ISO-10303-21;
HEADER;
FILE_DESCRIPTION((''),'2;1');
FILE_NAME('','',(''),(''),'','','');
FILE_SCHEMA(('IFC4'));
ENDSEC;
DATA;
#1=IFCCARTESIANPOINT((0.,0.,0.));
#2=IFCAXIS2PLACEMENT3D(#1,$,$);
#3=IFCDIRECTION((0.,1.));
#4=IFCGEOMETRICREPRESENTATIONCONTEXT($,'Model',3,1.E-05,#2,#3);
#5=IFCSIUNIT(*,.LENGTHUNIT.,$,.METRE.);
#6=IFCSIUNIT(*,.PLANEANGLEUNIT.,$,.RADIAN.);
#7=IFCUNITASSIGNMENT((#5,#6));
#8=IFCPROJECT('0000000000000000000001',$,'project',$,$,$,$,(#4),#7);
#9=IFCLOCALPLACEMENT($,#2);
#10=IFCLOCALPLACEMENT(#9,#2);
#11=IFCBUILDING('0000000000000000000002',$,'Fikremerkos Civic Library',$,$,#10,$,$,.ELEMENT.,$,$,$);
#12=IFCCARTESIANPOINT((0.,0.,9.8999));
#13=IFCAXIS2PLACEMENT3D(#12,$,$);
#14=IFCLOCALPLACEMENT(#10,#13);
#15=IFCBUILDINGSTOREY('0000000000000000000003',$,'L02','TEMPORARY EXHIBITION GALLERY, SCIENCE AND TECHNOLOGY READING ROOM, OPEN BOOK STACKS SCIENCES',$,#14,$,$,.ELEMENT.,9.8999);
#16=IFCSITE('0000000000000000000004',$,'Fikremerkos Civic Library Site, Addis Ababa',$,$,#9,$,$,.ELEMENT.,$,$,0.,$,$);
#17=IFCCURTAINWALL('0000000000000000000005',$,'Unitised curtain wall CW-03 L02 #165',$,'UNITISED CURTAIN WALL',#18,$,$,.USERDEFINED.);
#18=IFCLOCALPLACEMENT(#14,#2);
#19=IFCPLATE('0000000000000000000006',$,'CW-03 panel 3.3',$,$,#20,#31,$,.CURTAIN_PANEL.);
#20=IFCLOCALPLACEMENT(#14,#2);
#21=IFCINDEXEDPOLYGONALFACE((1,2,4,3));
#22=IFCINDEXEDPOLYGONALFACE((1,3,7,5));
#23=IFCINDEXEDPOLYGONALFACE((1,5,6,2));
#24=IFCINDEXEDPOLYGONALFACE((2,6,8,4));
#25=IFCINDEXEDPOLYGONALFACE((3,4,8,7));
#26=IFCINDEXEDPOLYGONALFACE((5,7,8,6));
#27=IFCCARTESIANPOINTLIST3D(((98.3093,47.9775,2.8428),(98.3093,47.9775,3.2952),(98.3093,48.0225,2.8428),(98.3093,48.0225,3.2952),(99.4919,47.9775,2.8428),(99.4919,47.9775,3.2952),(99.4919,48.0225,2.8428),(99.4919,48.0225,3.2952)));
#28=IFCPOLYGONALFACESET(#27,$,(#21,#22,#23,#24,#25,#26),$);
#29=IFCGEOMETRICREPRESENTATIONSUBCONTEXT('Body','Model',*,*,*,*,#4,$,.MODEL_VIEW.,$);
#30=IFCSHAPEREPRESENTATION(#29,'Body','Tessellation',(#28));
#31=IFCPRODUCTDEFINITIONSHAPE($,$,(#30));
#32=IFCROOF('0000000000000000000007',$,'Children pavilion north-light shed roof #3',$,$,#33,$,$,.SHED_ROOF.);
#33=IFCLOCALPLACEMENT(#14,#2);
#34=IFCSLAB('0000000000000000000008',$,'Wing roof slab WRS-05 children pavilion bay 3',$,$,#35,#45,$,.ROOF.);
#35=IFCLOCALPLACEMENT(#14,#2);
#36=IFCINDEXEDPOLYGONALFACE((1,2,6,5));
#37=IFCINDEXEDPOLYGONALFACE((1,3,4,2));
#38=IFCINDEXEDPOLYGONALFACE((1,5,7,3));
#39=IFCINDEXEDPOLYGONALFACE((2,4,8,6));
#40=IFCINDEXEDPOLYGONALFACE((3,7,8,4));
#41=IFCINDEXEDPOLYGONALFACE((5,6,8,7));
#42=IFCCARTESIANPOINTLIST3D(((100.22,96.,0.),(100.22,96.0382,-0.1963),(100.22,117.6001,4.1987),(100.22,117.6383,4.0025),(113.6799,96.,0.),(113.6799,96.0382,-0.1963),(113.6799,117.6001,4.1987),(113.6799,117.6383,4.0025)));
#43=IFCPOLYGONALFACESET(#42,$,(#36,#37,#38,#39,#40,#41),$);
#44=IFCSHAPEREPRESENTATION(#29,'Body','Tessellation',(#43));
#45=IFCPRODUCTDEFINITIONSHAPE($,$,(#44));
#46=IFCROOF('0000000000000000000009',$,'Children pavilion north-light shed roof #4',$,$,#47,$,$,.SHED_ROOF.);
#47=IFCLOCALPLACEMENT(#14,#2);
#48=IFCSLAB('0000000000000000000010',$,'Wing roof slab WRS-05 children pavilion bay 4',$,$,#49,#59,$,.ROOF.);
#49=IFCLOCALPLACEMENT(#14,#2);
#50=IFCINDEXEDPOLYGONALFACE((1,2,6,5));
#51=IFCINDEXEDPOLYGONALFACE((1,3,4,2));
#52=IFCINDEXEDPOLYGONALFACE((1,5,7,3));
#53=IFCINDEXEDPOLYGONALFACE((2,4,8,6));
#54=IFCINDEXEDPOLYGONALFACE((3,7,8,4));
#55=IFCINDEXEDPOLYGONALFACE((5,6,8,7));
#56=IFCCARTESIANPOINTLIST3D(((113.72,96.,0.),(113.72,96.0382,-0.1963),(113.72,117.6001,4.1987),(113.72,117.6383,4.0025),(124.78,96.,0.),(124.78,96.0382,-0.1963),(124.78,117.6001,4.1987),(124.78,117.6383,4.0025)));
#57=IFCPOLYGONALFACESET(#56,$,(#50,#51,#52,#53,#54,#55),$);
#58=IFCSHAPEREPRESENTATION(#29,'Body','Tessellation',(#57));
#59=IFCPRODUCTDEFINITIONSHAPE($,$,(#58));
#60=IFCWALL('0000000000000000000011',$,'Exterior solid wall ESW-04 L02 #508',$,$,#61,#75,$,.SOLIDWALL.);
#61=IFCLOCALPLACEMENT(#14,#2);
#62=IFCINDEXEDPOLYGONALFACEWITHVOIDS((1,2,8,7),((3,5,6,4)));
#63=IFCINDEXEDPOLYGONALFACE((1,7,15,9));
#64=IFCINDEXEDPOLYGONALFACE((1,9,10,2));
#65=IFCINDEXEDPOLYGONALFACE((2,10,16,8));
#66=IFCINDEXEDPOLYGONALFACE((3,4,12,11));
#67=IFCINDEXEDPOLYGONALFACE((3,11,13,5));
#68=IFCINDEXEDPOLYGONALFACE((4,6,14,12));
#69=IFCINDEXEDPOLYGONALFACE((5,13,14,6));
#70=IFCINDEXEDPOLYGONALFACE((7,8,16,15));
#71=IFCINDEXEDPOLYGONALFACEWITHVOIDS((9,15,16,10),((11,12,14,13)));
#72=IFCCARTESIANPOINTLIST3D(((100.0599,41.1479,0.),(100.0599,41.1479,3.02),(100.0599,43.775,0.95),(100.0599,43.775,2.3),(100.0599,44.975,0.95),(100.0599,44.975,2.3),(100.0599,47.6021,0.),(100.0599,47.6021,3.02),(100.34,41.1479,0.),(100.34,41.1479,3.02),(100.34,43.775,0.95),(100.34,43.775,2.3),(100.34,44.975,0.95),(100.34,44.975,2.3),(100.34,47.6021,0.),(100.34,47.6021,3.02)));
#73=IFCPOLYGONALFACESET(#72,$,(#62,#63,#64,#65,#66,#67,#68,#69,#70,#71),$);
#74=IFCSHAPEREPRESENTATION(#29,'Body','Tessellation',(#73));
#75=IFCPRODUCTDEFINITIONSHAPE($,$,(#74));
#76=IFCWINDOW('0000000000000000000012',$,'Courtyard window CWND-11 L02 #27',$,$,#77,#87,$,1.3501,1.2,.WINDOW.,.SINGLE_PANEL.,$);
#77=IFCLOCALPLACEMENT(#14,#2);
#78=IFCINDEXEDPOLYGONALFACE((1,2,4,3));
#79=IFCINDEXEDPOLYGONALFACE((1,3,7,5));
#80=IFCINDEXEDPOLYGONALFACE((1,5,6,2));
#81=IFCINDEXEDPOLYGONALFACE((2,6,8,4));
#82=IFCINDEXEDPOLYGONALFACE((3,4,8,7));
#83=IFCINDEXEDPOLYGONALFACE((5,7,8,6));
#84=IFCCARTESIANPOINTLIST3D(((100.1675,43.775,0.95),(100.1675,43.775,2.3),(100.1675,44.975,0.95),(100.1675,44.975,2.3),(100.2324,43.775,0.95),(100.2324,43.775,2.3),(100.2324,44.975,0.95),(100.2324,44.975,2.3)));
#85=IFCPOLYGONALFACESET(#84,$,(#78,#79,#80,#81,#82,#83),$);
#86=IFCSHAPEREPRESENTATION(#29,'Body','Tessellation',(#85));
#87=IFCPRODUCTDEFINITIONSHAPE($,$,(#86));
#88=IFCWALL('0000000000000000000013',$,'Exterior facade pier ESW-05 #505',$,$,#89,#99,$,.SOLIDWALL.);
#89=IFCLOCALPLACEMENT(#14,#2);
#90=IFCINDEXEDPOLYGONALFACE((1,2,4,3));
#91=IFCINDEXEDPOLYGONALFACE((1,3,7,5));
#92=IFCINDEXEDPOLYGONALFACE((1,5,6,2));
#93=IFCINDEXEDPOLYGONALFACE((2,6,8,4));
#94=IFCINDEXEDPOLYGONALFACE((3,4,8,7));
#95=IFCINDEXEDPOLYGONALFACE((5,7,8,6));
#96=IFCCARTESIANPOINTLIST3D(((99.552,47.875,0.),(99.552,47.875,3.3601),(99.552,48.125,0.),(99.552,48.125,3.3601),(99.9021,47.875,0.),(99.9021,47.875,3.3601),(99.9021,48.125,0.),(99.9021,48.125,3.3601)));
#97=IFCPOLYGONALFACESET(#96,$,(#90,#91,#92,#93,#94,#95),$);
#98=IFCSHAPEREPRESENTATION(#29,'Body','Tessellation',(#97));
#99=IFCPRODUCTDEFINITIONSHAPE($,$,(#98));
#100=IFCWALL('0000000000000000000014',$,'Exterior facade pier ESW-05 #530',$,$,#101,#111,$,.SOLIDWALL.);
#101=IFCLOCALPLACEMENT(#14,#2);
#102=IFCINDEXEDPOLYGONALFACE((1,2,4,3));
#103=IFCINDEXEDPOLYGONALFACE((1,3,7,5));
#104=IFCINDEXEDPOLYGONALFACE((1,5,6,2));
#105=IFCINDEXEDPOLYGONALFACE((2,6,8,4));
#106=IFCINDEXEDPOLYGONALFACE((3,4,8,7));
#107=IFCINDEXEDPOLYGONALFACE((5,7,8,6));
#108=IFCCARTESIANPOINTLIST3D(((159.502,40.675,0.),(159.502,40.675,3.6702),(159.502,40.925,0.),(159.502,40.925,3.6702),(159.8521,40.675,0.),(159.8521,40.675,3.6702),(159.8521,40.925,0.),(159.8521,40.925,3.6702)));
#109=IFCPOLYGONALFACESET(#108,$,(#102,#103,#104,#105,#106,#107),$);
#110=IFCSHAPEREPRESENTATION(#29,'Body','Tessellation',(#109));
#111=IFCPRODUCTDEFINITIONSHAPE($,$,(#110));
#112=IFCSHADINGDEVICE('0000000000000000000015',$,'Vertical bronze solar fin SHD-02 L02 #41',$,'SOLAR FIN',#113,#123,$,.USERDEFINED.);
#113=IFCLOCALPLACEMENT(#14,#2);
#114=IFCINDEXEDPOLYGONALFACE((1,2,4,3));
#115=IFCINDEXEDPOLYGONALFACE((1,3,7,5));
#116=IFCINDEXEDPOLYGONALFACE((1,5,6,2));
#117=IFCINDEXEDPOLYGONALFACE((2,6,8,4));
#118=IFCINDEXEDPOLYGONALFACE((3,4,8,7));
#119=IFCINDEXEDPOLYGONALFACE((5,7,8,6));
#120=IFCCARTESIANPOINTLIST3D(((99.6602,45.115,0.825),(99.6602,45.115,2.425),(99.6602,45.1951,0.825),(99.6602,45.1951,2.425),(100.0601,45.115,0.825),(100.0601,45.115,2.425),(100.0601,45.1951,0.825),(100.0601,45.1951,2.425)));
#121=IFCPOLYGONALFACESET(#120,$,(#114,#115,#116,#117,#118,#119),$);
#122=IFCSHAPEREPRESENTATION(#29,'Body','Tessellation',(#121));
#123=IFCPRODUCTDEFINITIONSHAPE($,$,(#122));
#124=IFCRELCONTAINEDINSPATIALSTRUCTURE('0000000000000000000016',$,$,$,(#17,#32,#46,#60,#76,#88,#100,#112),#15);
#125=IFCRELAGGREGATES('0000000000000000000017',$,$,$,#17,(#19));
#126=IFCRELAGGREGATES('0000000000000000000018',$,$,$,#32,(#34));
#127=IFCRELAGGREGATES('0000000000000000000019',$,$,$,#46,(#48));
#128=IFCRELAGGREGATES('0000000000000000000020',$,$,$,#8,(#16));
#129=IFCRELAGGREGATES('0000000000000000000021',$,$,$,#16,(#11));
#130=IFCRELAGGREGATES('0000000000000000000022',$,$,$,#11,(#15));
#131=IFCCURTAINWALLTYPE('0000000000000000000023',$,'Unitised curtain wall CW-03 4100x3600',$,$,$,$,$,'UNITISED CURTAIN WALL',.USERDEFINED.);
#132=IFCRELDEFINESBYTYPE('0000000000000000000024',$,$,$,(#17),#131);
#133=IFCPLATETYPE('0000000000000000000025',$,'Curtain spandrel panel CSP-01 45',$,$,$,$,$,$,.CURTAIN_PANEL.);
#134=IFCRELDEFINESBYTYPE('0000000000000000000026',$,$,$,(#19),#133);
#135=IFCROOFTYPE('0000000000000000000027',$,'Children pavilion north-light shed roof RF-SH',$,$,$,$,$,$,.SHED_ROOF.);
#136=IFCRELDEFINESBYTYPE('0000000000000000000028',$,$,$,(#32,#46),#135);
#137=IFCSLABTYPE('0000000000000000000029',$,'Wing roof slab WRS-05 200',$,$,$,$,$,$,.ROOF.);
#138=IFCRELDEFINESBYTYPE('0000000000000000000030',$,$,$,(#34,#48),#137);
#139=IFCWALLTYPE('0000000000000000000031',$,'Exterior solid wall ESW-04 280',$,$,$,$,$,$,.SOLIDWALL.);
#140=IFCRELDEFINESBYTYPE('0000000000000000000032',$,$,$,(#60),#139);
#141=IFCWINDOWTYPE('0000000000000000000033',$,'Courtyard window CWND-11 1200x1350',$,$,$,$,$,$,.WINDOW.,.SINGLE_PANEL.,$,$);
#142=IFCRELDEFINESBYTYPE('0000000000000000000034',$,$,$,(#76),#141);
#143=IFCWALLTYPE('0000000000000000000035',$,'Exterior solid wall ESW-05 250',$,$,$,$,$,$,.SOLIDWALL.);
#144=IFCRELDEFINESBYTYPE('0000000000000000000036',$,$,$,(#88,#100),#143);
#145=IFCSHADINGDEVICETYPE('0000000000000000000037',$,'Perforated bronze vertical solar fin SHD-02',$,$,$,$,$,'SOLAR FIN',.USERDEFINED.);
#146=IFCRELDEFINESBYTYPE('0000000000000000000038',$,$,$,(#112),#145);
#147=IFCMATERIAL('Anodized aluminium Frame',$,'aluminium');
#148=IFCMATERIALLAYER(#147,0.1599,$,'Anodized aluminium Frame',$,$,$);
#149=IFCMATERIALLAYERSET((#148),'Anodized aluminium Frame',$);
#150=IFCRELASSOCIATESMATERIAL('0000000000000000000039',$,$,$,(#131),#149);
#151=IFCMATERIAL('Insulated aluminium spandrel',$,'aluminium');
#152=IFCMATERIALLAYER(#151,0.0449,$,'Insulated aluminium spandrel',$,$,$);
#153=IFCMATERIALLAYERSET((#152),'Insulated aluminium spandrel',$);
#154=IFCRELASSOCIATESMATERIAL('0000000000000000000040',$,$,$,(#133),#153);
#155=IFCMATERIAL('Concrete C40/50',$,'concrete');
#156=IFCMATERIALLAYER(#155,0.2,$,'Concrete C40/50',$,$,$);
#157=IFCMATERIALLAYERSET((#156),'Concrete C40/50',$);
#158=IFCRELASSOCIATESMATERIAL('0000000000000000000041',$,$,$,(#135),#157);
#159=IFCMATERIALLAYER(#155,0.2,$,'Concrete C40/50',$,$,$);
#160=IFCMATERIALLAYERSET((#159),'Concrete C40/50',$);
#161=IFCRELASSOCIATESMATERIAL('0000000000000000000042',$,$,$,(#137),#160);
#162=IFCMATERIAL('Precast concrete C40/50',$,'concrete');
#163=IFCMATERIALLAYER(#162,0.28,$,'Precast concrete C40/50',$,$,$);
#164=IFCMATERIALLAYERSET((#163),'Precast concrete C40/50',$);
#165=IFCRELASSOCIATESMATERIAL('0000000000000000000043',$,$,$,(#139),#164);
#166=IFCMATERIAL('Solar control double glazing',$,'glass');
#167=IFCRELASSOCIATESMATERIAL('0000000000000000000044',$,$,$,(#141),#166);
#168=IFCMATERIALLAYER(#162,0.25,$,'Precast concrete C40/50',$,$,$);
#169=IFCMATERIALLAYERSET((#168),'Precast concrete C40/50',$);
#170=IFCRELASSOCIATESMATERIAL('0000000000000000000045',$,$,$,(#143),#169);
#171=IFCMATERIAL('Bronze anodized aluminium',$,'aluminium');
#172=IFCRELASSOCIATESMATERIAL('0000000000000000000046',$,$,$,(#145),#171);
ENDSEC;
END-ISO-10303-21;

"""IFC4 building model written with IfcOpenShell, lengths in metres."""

from ifc_helpers import new_model, si_unit, direction, frame, frame_2d, origin, origin_2d, place, context, subcontext, project, spatial, polyline, rectangle, outline, extrude, material, layer, layer_set, type_object, element, fill, aggregate, save


model = new_model("IFC4")

# Units and contexts
model_context = context("Model", 3, precision=1e-05, world=origin(), true_north=direction((0.0, 1.0)))
body_context = subcontext(model_context, "Body", "Model", "MODEL_VIEW")
ifc_project = project(units=[si_unit("LENGTHUNIT", "METRE"), si_unit("PLANEANGLEUNIT", "RADIAN")], contexts=[model_context])

# Site, building, storey
site_placement = place(None, origin())
site = spatial("IfcSite", under=ifc_project, at=site_placement, Name="Fikremerkos Civic Library Site, Addis Ababa", CompositionType="ELEMENT", RefElevation=0.0)
building_placement = place(site_placement, origin())
building = spatial("IfcBuilding", under=site, at=building_placement, Name="Fikremerkos Civic Library", CompositionType="ELEMENT")
storey_placement = place(building_placement, frame((0.0, 0.0, 9.8999)))
storey = spatial("IfcBuildingStorey", under=building, at=storey_placement, Name="L02", Description="TEMPORARY EXHIBITION GALLERY, SCIENCE AND TECHNOLOGY READING ROOM, OPEN BOOK STACKS SCIENCES", CompositionType="ELEMENT", Elevation=9.8999)

# Shared definitions
ifc_material_1 = material(Name="Concrete C40/50", Category="concrete")

# Shared definitions
ifc_material_2 = material(Name="Anodized aluminium Frame", Category="aluminium")

# Curtain wall
ifc_layer_1 = layer(ifc_material_2, 0.1599, Name="Anodized aluminium Frame")
ifc_layer_set_1 = layer_set([ifc_layer_1], Name="Anodized aluminium Frame")
curtain_wall_type_1 = type_object("IfcCurtainWallType", Name="Unitised curtain wall CW-03 4100x3600", ElementType="UNITISED CURTAIN WALL", PredefinedType="USERDEFINED", material=ifc_layer_set_1)
curtain_wall_1_placement = place(storey_placement, origin())
curtain_wall_1 = element("IfcCurtainWall", 1, at=curtain_wall_1_placement, inside=storey, type_object=curtain_wall_type_1, Name="Unitised curtain wall CW-03 L02 #165", ObjectType="UNITISED CURTAIN WALL", PredefinedType="USERDEFINED")

# Plate
ifc_material_3 = material(Name="Solar control double glazing", Category="glass")
ifc_material_4 = material(Name="Insulated aluminium spandrel", Category="aluminium")
ifc_layer_2 = layer(ifc_material_4, 0.0449, Name="Insulated aluminium spandrel")
ifc_layer_set_2 = layer_set([ifc_layer_2], Name="Insulated aluminium spandrel")
plate_type_1 = type_object("IfcPlateType", Name="Curtain spandrel panel CSP-01 45", PredefinedType="CURTAIN_PANEL", material=ifc_layer_set_2)
plate_1_placement = place(storey_placement, frame((98.9006, 48.0, 2.8428), z_axis=(0.0, 0.0, 1.0), x_axis=(1.0, 0.0, 0.0)))
plate_1 = element("IfcPlate", 2, at=plate_1_placement, type_object=plate_type_1, Name="CW-03 panel 3.3", PredefinedType="CURTAIN_PANEL", context=body_context, shape_type="SweptSolid", body=[
    extrude(rectangle(XDim=1.1826, YDim=0.0449, at=origin_2d()), origin(), (0.0, 0.0, 1.0), 0.4524),
])
aggregate(curtain_wall_1, [plate_1])

# Roofs, slabs
ifc_layer_3 = layer(ifc_material_1, 0.2, Name="Concrete C40/50")
ifc_layer_set_3 = layer_set([ifc_layer_3], Name="Concrete C40/50")
roof_type = type_object("IfcRoofType", Name="Children pavilion north-light shed roof RF-SH", PredefinedType="SHED_ROOF", material=ifc_layer_set_3)
roof_1_placement = place(storey_placement, origin())
roof_1 = element("IfcRoof", 3, at=roof_1_placement, inside=storey, type_object=roof_type, Name="Children pavilion north-light shed roof #3", PredefinedType="SHED_ROOF")
ifc_layer_4 = layer(ifc_material_1, 0.2, Name="Concrete C40/50")
ifc_layer_set_4 = layer_set([ifc_layer_4], Name="Concrete C40/50")
slab_type = type_object("IfcSlabType", Name="Wing roof slab WRS-05 200", PredefinedType="ROOF", material=ifc_layer_set_4)
slab_1_placement = place(storey_placement, frame((100.22, 96.0, 0.0), z_axis=(0.0, -0.190813, 0.981626), x_axis=(1.0, 0.0, 0.0)))
slab_1 = element("IfcSlab", 4, at=slab_1_placement, type_object=slab_type, Name="Wing roof slab WRS-05 children pavilion bay 3", PredefinedType="ROOF", context=body_context, shape_type="SweptSolid", body=[
    extrude(outline(polyline([(0.0, 0.0), (13.46, 0.0), (13.46, 22.0044), (0.0, 22.0044), (0.0, 0.0)])), origin(), (0.0, 0.0, -1.0), 0.2),
])
aggregate(roof_1, [slab_1])
roof_2_placement = place(storey_placement, origin())
roof_2 = element("IfcRoof", 5, at=roof_2_placement, inside=storey, type_object=roof_type, Name="Children pavilion north-light shed roof #4", PredefinedType="SHED_ROOF")
slab_2_placement = place(storey_placement, frame((113.72, 96.0, 0.0), z_axis=(0.0, -0.190813, 0.981626), x_axis=(1.0, 0.0, 0.0)))
slab_2 = element("IfcSlab", 6, at=slab_2_placement, type_object=slab_type, Name="Wing roof slab WRS-05 children pavilion bay 4", PredefinedType="ROOF", context=body_context, shape_type="SweptSolid", body=[
    extrude(outline(polyline([(0.0, 0.0), (11.0601, 0.0), (11.0601, 22.0044), (0.0, 22.0044), (0.0, 0.0)])), origin(), (0.0, 0.0, -1.0), 0.2),
])
aggregate(roof_2, [slab_2])

# Wall, opening, window
ifc_material_5 = material(Name="Precast concrete C40/50", Category="concrete")
ifc_layer_5 = layer(ifc_material_5, 0.28, Name="Precast concrete C40/50")
ifc_layer_set_5 = layer_set([ifc_layer_5], Name="Precast concrete C40/50")
wall_type_1 = type_object("IfcWallType", Name="Exterior solid wall ESW-04 280", PredefinedType="SOLIDWALL", material=ifc_layer_set_5)
wall_1_placement = place(storey_placement, frame((100.2, 47.6021, 0.0), z_axis=(0.0, 0.0, 1.0), x_axis=(0.0, -1.0, 0.0)))
wall_1 = element("IfcWall", 7, at=wall_1_placement, inside=storey, type_object=wall_type_1, Name="Exterior solid wall ESW-04 L02 #508", PredefinedType="SOLIDWALL", context=body_context, shape_type="SweptSolid", body=[
    extrude(rectangle(XDim=6.4541, YDim=0.28, at=frame_2d((3.2271, 0.0))), origin(), (0.0, 0.0, 1.0), 3.02),
])
opening_placement = place(wall_1_placement, frame((2.627, 0.0, 0.95)))
opening = element("IfcOpeningElement", 8, at=opening_placement, cuts=wall_1, PredefinedType="OPENING", context=body_context, shape_type="SweptSolid", body=[
    extrude(rectangle(XDim=1.2, YDim=1.3501, at=frame_2d((0.6001, 0.675))), frame((0.0, 0.1499, 0.0), z_axis=(0.0, -1.0, 0.0), x_axis=(1.0, 0.0, 0.0)), (0.0, 0.0, 1.0), 0.3),
])
window_type = type_object("IfcWindowType", Name="Courtyard window CWND-11 1200x1350", PartitioningType="SINGLE_PANEL", PredefinedType="WINDOW", material=ifc_material_3)
window_placement = place(opening_placement, origin())
window = element("IfcWindow", 9, at=window_placement, inside=storey, type_object=window_type, Name="Courtyard window CWND-11 L02 #27", OverallHeight=1.3501, OverallWidth=1.2, PartitioningType="SINGLE_PANEL", PredefinedType="WINDOW", context=body_context, shape_type="SweptSolid", body=[
    extrude(rectangle(XDim=1.2, YDim=1.3501, at=frame_2d((0.6001, 0.675))), frame((0.0, 0.0325, 0.0), z_axis=(0.0, -1.0, 0.0), x_axis=(1.0, 0.0, 0.0)), (0.0, 0.0, 1.0), 0.0649),
])
fill(opening, window)

# Walls
ifc_layer_6 = layer(ifc_material_5, 0.25, Name="Precast concrete C40/50")
ifc_layer_set_6 = layer_set([ifc_layer_6], Name="Precast concrete C40/50")
wall_type_2 = type_object("IfcWallType", Name="Exterior solid wall ESW-05 250", PredefinedType="SOLIDWALL", material=ifc_layer_set_6)
wall_2_placement = place(storey_placement, frame((99.552, 48.0, 0.0), z_axis=(0.0, 0.0, 1.0), x_axis=(1.0, 0.0, 0.0)))
element("IfcWall", 10, at=wall_2_placement, inside=storey, type_object=wall_type_2, Name="Exterior facade pier ESW-05 #505", PredefinedType="SOLIDWALL", context=body_context, shape_type="SweptSolid", body=[
    extrude(rectangle(XDim=0.3501, YDim=0.25, at=frame_2d((0.175, 0.0))), origin(), (0.0, 0.0, 1.0), 3.3601),
])
wall_3_placement = place(storey_placement, frame((159.502, 40.8, 0.0), z_axis=(0.0, 0.0, 1.0), x_axis=(1.0, 0.0, 0.0)))
element("IfcWall", 11, at=wall_3_placement, inside=storey, type_object=wall_type_2, Name="Exterior facade pier ESW-05 #530", PredefinedType="SOLIDWALL", context=body_context, shape_type="SweptSolid", body=[
    extrude(rectangle(XDim=0.3501, YDim=0.25, at=frame_2d((0.175, 0.0))), origin(), (0.0, 0.0, 1.0), 3.6702),
])

# Shading device
ifc_material_6 = material(Name="Bronze anodized aluminium", Category="aluminium")
shading_device_type = type_object("IfcShadingDeviceType", Name="Perforated bronze vertical solar fin SHD-02", ElementType="SOLAR FIN", PredefinedType="USERDEFINED", material=ifc_material_6)
shading_device_placement = place(storey_placement, frame((99.8601, 45.155, 0.825), z_axis=(0.0, 0.0, 1.0), x_axis=(0.0, 1.0, 0.0)))
element("IfcShadingDevice", 12, at=shading_device_placement, inside=storey, type_object=shading_device_type, Name="Vertical bronze solar fin SHD-02 L02 #41", ObjectType="SOLAR FIN", PredefinedType="USERDEFINED", context=body_context, shape_type="SweptSolid", body=[
    extrude(rectangle(XDim=0.0801, YDim=0.3999, at=origin_2d()), origin(), (0.0, 0.0, 1.0), 1.6001),
])

save(model, "model.ifc")
